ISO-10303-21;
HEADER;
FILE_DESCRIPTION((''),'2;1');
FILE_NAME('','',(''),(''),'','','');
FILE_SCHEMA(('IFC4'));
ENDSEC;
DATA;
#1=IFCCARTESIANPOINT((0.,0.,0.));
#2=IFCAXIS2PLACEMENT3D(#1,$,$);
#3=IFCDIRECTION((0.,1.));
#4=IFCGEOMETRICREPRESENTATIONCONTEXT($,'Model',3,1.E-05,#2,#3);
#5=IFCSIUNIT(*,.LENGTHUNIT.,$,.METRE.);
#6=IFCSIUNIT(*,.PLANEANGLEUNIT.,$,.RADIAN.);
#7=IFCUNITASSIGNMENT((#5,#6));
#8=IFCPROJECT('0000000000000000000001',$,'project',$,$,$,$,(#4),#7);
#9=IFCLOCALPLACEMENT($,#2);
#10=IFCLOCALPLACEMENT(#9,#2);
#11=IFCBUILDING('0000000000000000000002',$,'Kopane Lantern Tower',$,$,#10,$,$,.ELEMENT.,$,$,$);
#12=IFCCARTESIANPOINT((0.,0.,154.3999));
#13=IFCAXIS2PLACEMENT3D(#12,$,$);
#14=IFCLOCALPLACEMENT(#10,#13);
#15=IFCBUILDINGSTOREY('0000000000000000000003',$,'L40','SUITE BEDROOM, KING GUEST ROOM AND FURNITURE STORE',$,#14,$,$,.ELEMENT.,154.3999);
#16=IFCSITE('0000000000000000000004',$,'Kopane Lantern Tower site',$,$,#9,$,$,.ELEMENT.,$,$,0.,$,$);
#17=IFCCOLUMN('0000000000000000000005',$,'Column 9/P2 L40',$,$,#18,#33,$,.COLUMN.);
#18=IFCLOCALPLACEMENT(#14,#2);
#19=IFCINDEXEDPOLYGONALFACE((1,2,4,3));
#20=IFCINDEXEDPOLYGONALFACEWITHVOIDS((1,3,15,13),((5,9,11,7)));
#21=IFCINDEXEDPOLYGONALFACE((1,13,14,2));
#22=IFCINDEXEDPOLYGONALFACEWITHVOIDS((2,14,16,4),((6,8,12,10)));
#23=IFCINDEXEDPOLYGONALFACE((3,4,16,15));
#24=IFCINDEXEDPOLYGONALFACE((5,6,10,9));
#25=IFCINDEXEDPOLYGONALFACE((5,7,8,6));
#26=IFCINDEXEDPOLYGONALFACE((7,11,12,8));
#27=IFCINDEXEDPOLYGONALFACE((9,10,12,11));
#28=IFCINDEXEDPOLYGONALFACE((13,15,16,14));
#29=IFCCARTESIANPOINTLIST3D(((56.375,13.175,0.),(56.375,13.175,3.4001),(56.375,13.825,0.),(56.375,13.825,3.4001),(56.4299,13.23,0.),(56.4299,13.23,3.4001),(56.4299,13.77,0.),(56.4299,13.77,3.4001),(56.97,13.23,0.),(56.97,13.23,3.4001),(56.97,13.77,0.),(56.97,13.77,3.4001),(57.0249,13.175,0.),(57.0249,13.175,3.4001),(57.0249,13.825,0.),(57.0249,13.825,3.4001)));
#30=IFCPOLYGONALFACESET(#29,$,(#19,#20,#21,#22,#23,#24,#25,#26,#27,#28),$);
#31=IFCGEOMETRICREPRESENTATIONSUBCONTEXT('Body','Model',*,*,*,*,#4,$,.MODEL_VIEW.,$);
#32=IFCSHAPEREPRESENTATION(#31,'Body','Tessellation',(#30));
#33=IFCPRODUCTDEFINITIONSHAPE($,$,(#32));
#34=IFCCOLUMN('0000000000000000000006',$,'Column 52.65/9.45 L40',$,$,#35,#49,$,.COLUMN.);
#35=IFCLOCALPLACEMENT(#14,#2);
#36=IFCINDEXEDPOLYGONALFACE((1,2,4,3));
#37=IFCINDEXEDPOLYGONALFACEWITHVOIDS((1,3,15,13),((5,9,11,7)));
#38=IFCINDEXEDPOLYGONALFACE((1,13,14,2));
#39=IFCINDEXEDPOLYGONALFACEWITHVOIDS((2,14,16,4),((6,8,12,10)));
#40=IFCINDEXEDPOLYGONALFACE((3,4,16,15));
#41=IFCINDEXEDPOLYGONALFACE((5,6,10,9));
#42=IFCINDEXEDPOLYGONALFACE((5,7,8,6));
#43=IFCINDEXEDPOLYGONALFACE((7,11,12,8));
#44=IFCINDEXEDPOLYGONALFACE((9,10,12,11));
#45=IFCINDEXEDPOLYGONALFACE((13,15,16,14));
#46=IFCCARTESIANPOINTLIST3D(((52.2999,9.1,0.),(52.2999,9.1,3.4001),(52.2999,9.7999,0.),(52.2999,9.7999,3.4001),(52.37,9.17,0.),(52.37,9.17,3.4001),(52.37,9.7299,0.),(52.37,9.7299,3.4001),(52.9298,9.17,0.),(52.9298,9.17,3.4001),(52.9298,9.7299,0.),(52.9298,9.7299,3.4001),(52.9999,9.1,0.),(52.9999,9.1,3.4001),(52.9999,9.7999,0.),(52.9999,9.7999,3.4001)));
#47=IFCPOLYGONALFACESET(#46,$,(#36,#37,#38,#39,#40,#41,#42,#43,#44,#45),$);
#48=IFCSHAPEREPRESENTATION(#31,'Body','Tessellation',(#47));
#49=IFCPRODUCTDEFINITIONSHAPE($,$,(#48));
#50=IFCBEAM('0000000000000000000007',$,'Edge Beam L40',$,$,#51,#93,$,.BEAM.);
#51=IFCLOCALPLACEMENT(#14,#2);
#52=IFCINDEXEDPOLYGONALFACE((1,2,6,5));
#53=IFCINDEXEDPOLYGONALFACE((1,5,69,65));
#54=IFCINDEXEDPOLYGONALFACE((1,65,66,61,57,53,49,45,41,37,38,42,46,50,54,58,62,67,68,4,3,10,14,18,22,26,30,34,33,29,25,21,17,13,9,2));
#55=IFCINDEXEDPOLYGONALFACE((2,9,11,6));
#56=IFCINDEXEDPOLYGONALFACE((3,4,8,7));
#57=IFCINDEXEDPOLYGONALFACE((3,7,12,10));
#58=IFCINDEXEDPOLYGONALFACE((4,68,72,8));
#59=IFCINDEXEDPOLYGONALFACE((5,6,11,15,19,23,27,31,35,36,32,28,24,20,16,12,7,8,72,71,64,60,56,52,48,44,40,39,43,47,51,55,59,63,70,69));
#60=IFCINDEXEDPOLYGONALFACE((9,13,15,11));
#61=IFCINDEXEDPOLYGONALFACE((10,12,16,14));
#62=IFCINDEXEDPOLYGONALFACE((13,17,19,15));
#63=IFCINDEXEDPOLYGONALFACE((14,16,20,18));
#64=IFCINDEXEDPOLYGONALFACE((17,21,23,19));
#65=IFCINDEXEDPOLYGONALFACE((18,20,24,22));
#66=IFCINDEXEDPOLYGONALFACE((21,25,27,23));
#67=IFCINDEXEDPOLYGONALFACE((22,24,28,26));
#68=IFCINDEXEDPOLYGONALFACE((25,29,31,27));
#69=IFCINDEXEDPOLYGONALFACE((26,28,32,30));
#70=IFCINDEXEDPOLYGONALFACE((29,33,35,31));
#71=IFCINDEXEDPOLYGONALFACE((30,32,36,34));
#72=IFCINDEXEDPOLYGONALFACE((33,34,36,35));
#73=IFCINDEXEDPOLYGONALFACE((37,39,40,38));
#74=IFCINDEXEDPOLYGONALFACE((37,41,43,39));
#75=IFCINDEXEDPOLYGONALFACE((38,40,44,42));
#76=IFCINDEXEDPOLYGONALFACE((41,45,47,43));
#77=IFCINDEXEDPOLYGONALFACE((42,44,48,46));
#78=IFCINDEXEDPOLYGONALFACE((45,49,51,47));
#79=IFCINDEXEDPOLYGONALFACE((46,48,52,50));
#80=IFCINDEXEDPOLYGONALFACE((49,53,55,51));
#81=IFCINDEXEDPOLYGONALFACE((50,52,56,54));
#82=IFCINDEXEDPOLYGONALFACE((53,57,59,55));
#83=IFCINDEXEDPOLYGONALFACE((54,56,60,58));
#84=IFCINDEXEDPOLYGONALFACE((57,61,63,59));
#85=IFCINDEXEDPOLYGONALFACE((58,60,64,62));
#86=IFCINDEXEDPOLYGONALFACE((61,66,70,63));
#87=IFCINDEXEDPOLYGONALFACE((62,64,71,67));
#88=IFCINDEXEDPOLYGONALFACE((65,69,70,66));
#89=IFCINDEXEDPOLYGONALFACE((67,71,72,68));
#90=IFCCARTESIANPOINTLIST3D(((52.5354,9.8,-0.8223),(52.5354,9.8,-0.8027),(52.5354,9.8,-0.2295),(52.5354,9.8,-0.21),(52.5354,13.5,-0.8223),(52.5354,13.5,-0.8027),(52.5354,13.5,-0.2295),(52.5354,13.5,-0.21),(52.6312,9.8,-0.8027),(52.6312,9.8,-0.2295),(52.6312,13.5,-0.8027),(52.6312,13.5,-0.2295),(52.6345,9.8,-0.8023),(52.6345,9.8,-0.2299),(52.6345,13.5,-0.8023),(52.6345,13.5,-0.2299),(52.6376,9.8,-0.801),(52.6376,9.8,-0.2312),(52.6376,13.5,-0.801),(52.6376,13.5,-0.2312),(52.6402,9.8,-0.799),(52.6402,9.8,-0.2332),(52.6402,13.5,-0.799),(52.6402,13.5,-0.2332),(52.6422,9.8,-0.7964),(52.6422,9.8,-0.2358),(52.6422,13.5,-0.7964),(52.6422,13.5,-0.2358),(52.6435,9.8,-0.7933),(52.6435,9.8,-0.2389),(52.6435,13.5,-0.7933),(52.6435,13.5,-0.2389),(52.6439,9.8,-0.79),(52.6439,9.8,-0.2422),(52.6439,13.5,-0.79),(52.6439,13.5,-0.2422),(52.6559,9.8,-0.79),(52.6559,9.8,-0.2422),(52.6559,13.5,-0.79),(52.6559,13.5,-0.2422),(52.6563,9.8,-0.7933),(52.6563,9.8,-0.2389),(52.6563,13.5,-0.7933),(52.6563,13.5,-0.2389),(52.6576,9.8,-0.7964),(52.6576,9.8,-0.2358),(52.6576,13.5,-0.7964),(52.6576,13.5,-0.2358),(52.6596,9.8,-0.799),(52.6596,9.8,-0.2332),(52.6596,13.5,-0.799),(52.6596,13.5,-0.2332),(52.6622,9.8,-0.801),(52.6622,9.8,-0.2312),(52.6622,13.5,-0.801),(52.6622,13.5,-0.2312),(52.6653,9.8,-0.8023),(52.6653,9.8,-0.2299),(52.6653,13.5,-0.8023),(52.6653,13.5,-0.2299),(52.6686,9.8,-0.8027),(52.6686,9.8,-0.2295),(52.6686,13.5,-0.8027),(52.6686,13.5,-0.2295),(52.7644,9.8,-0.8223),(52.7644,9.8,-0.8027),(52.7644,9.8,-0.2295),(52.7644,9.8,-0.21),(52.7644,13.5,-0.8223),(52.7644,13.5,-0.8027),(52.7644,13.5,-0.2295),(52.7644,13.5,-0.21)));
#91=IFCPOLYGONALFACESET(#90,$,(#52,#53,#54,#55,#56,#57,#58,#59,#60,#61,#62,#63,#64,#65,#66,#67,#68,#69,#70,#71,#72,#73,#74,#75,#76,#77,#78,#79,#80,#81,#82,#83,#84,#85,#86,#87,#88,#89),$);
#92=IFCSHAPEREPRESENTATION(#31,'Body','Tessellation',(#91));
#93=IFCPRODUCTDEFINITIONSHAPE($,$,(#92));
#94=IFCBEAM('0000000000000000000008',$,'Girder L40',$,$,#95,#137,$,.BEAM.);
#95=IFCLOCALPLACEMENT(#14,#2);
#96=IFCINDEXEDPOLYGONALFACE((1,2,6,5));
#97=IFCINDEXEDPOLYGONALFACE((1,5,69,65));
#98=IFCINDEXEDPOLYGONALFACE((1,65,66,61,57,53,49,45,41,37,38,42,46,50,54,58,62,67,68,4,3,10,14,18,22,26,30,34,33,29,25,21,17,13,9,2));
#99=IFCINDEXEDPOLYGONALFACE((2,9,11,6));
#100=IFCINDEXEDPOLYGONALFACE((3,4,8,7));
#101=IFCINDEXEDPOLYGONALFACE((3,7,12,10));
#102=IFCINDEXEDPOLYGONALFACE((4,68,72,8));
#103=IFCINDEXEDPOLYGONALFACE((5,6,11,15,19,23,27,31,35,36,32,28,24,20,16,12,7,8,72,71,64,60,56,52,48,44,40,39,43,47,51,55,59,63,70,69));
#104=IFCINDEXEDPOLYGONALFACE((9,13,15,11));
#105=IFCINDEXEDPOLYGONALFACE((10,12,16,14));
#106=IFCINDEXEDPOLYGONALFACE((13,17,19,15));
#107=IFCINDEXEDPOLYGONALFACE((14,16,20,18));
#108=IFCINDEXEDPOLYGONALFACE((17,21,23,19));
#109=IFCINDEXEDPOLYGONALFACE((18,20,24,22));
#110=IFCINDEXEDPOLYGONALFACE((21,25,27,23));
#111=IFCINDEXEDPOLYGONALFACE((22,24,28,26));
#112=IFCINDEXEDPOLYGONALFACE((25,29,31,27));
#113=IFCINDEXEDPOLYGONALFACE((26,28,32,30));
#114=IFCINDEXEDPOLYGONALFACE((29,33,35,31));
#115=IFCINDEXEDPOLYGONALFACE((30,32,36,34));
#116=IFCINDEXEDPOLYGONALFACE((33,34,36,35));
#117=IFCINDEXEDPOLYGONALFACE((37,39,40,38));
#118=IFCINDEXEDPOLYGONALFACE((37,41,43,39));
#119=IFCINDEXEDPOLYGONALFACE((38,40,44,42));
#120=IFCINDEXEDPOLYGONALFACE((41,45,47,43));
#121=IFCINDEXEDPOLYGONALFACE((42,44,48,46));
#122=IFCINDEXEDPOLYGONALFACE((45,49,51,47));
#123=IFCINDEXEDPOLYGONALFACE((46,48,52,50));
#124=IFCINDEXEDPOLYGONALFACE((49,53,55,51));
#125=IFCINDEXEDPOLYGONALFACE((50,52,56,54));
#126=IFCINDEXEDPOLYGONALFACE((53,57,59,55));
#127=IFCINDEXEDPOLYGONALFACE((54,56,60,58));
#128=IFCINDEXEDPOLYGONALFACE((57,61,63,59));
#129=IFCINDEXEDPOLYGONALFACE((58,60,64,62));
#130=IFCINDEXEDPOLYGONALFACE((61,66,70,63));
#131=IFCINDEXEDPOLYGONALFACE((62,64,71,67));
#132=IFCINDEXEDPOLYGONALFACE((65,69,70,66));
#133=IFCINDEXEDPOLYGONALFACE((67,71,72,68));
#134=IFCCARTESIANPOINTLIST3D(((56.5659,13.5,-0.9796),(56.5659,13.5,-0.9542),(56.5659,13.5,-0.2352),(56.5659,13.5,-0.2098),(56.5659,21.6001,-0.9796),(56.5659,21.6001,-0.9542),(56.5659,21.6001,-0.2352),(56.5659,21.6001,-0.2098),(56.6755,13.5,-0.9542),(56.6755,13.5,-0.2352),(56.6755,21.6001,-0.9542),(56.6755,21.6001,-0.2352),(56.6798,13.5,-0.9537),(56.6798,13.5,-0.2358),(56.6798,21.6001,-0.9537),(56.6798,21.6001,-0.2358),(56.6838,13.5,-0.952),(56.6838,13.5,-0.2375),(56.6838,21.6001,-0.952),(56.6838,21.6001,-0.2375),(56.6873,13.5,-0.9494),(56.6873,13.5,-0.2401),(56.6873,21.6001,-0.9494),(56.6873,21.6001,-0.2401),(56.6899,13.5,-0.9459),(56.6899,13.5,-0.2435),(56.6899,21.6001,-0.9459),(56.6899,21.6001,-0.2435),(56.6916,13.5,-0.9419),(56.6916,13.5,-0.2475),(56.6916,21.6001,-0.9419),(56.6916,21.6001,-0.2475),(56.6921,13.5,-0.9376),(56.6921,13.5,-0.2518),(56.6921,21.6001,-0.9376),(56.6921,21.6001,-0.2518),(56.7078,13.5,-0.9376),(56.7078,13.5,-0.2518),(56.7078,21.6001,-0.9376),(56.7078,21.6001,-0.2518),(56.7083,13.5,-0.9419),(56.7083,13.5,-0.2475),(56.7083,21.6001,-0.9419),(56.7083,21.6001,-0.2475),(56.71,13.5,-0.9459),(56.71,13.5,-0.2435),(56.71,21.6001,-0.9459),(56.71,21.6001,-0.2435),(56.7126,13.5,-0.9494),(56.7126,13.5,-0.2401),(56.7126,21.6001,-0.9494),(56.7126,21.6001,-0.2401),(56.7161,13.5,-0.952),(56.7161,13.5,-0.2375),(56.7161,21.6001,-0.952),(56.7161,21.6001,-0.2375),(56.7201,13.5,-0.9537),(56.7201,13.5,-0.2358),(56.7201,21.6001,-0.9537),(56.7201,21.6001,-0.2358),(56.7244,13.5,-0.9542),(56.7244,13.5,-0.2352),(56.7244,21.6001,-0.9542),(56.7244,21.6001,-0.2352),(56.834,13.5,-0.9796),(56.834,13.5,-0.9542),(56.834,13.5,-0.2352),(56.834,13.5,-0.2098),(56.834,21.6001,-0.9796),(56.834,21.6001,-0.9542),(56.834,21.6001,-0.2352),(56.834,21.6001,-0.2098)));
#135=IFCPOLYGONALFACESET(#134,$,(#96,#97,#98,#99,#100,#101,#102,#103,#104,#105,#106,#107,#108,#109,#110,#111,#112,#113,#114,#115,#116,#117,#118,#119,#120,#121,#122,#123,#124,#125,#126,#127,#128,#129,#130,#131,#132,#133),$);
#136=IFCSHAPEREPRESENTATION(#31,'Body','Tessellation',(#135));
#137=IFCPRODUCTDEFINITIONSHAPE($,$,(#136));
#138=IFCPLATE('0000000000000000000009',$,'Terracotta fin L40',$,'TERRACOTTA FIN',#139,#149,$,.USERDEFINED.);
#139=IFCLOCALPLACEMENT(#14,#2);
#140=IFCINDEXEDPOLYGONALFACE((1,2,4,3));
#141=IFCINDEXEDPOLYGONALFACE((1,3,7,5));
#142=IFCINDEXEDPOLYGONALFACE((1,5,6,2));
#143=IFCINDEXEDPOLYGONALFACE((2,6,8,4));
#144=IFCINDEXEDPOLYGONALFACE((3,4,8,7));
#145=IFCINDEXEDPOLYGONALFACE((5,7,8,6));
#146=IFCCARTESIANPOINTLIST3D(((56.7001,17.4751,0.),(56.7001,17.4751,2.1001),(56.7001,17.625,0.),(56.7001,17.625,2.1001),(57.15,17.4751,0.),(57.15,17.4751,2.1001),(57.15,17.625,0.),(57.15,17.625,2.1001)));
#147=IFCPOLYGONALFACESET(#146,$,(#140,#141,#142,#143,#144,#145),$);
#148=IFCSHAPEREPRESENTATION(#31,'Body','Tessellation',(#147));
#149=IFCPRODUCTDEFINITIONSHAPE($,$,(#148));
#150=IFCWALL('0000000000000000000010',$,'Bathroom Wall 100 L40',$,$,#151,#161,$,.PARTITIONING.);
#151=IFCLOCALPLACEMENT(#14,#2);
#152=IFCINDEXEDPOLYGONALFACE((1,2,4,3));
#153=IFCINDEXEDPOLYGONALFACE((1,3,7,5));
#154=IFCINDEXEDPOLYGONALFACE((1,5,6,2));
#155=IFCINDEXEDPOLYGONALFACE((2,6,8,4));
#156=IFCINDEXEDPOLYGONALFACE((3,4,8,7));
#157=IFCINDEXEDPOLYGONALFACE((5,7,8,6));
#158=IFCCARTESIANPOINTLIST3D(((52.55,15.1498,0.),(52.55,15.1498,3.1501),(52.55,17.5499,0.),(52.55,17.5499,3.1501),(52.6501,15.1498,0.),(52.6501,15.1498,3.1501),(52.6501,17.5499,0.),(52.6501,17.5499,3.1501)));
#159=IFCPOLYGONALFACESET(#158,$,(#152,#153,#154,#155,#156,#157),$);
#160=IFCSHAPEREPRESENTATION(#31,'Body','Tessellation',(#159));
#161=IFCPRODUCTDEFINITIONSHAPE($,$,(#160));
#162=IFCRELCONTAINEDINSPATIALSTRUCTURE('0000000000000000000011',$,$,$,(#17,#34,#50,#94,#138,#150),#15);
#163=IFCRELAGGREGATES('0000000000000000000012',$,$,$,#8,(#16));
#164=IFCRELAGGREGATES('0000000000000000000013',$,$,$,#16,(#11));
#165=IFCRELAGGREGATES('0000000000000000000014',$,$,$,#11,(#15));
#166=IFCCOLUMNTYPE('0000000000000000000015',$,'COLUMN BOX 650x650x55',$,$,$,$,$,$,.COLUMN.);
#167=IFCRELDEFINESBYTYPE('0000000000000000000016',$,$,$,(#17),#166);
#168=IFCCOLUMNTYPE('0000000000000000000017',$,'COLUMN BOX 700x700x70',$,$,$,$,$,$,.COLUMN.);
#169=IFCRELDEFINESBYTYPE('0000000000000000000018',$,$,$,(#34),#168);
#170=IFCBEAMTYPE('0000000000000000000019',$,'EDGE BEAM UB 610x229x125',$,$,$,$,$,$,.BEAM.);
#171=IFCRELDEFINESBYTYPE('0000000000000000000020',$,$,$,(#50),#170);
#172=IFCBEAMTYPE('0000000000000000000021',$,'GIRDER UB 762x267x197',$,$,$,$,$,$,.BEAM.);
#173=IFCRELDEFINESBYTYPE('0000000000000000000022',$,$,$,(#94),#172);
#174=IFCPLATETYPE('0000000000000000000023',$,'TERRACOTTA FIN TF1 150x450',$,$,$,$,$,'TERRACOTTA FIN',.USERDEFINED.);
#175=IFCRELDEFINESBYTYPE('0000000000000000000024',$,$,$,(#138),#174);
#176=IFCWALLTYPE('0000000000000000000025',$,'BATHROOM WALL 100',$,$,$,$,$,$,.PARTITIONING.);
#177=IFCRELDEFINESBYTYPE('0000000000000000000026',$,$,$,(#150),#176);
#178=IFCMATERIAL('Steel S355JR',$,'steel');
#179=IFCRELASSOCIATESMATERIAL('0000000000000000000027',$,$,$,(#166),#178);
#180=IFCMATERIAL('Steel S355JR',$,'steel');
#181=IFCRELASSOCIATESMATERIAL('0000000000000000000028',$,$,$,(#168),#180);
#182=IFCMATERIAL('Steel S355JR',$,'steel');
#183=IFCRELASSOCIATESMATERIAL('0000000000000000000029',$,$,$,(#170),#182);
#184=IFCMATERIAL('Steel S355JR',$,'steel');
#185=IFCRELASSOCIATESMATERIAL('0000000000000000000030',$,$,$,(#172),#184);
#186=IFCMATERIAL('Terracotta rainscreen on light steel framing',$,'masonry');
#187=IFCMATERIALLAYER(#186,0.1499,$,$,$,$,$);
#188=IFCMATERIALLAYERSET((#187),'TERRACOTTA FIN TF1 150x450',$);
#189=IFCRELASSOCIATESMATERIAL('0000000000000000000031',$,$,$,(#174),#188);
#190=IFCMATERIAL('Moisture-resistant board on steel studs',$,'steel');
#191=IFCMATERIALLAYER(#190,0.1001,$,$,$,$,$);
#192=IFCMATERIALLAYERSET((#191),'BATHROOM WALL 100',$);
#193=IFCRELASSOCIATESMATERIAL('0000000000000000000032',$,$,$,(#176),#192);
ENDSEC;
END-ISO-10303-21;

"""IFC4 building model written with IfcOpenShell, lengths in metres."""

from ifc_helpers import new_model, si_unit, direction, frame, frame_2d, origin, origin_2d, place, context, subcontext, project, spatial, rectangle, hollow_rectangle, i_section, extrude, material, layer, layer_set, material_profile, profile_set, type_object, element, save


model = new_model("IFC4")

# Units and contexts
model_context = context("Model", 3, precision=1e-05, world=origin(), true_north=direction((0.0, 1.0)))
body_context = subcontext(model_context, "Body", "Model", "MODEL_VIEW")
ifc_project = project(units=[si_unit("LENGTHUNIT", "METRE"), si_unit("PLANEANGLEUNIT", "RADIAN")], contexts=[model_context])

# Site, building, storey
site_placement = place(None, origin())
site = spatial("IfcSite", under=ifc_project, at=site_placement, Name="Kopane Lantern Tower site", CompositionType="ELEMENT", RefElevation=0.0)
building_placement = place(site_placement, origin())
building = spatial("IfcBuilding", under=site, at=building_placement, Name="Kopane Lantern Tower", CompositionType="ELEMENT")
storey_placement = place(building_placement, frame((0.0, 0.0, 154.3999)))
storey = spatial("IfcBuildingStorey", under=building, at=storey_placement, Name="L40", Description="SUITE BEDROOM, KING GUEST ROOM AND FURNITURE STORE", CompositionType="ELEMENT", Elevation=154.3999)

# Columns
ifc_material_1 = material(Name="Steel S355JR", Category="steel")
ifc_material_profile_1 = material_profile(ifc_material_1, hollow_rectangle(XDim=0.6499, YDim=0.6499, WallThickness=0.0549, at=origin_2d()), Name="BOX 650x650x55")
ifc_profile_set_1 = profile_set([ifc_material_profile_1], Name="Steel S355JR")
column_type_1 = type_object("IfcColumnType", Name="COLUMN BOX 650x650x55", PredefinedType="COLUMN", material=ifc_profile_set_1)
column_1_placement = place(storey_placement, frame((56.7, 13.5, 0.0), z_axis=(0.0, 0.0, 1.0), x_axis=(1.0, 0.0, 0.0)))
element("IfcColumn", 1, at=column_1_placement, inside=storey, type_object=column_type_1, Name="Column 9/P2 L40", PredefinedType="COLUMN", context=body_context, shape_type="SweptSolid", body=[
    extrude(hollow_rectangle(XDim=0.6499, YDim=0.6499, WallThickness=0.0549, at=origin_2d()), origin(), (0.0, 0.0, 1.0), 3.4001),
])
ifc_material_2 = material(Name="Steel S355JR", Category="steel")
ifc_material_profile_2 = material_profile(ifc_material_2, hollow_rectangle(XDim=0.7, YDim=0.7, WallThickness=0.0701, at=origin_2d()), Name="BOX 700x700x70")
ifc_profile_set_2 = profile_set([ifc_material_profile_2], Name="Steel S355JR")
column_type_2 = type_object("IfcColumnType", Name="COLUMN BOX 700x700x70", PredefinedType="COLUMN", material=ifc_profile_set_2)
column_2_placement = place(storey_placement, frame((52.6499, 9.45, 0.0), z_axis=(0.0, 0.0, 1.0), x_axis=(1.0, 0.0, 0.0)))
element("IfcColumn", 2, at=column_2_placement, inside=storey, type_object=column_type_2, Name="Column 52.65/9.45 L40", PredefinedType="COLUMN", context=body_context, shape_type="SweptSolid", body=[
    extrude(hollow_rectangle(XDim=0.7, YDim=0.7, WallThickness=0.0701, at=origin_2d()), origin(), (0.0, 0.0, 1.0), 3.4001),
])

# Beams
ifc_material_3 = material(Name="Steel S355JR", Category="steel")
ifc_material_profile_3 = material_profile(ifc_material_3, i_section(OverallWidth=0.229, OverallDepth=0.6123, WebThickness=0.012, FlangeThickness=0.0195, FilletRadius=0.0127, at=origin_2d()), Name="UB 610x229x125")
ifc_profile_set_3 = profile_set([ifc_material_profile_3], Name="Steel S355JR")
beam_type_1 = type_object("IfcBeamType", Name="EDGE BEAM UB 610x229x125", PredefinedType="BEAM", material=ifc_profile_set_3)
beam_1_placement = place(storey_placement, frame((52.6499, 9.8, -0.5161), z_axis=(0.0, 1.0, 0.0), x_axis=(-1.0, 0.0, 0.0)))
element("IfcBeam", 3, at=beam_1_placement, inside=storey, type_object=beam_type_1, Name="Edge Beam L40", PredefinedType="BEAM", context=body_context, shape_type="SweptSolid", body=[
    extrude(i_section(OverallWidth=0.229, OverallDepth=0.6123, WebThickness=0.012, FlangeThickness=0.0195, FilletRadius=0.0127, at=origin_2d()), origin(), (0.0, 0.0, 1.0), 3.7),
])
ifc_material_4 = material(Name="Steel S355JR", Category="steel")
ifc_material_profile_4 = material_profile(ifc_material_4, i_section(OverallWidth=0.2681, OverallDepth=0.7698, WebThickness=0.0156, FlangeThickness=0.0254, FilletRadius=0.0166, at=origin_2d()), Name="UB 762x267x197")
ifc_profile_set_4 = profile_set([ifc_material_profile_4], Name="Steel S355JR")
beam_type_2 = type_object("IfcBeamType", Name="GIRDER UB 762x267x197", PredefinedType="BEAM", material=ifc_profile_set_4)
beam_2_placement = place(storey_placement, frame((56.7, 13.5, -0.5947), z_axis=(0.0, 1.0, 0.0), x_axis=(-1.0, 0.0, 0.0)))
element("IfcBeam", 4, at=beam_2_placement, inside=storey, type_object=beam_type_2, Name="Girder L40", PredefinedType="BEAM", context=body_context, shape_type="SweptSolid", body=[
    extrude(i_section(OverallWidth=0.2681, OverallDepth=0.7698, WebThickness=0.0156, FlangeThickness=0.0254, FilletRadius=0.0166, at=origin_2d()), origin(), (0.0, 0.0, 1.0), 8.1001),
])

# Plate
ifc_material_5 = material(Name="Terracotta rainscreen on light steel framing", Category="masonry")
ifc_layer_1 = layer(ifc_material_5, 0.1499)
ifc_layer_set_1 = layer_set([ifc_layer_1], Name="TERRACOTTA FIN TF1 150x450")
plate_type = type_object("IfcPlateType", Name="TERRACOTTA FIN TF1 150x450", ElementType="TERRACOTTA FIN", PredefinedType="USERDEFINED", material=ifc_layer_set_1)
plate_placement = place(storey_placement, frame((56.925, 17.55, 0.0), z_axis=(0.0, 0.0, 1.0), x_axis=(0.0, 1.0, 0.0)))
element("IfcPlate", 5, at=plate_placement, inside=storey, type_object=plate_type, Name="Terracotta fin L40", ObjectType="TERRACOTTA FIN", PredefinedType="USERDEFINED", context=body_context, shape_type="SweptSolid", body=[
    extrude(rectangle(XDim=0.1499, YDim=0.45, at=origin_2d()), origin(), (0.0, 0.0, 1.0), 2.1001),
])

# Wall
ifc_material_6 = material(Name="Moisture-resistant board on steel studs", Category="steel")
ifc_layer_2 = layer(ifc_material_6, 0.1001)
ifc_layer_set_2 = layer_set([ifc_layer_2], Name="BATHROOM WALL 100")
wall_type_1 = type_object("IfcWallType", Name="BATHROOM WALL 100", PredefinedType="PARTITIONING", material=ifc_layer_set_2)
wall_1_placement = place(storey_placement, frame((52.6001, 17.55, 0.0), z_axis=(0.0, 0.0, 1.0), x_axis=(0.0, -1.0, 0.0)))
element("IfcWall", 6, at=wall_1_placement, inside=storey, type_object=wall_type_1, Name="Bathroom Wall 100 L40", PredefinedType="PARTITIONING", context=body_context, shape_type="SweptSolid", body=[
    extrude(rectangle(XDim=2.4001, YDim=0.1001, at=frame_2d((1.2002, 0.0))), origin(), (0.0, 0.0, 1.0), 3.1501),
])

save(model, "model.ifc")
